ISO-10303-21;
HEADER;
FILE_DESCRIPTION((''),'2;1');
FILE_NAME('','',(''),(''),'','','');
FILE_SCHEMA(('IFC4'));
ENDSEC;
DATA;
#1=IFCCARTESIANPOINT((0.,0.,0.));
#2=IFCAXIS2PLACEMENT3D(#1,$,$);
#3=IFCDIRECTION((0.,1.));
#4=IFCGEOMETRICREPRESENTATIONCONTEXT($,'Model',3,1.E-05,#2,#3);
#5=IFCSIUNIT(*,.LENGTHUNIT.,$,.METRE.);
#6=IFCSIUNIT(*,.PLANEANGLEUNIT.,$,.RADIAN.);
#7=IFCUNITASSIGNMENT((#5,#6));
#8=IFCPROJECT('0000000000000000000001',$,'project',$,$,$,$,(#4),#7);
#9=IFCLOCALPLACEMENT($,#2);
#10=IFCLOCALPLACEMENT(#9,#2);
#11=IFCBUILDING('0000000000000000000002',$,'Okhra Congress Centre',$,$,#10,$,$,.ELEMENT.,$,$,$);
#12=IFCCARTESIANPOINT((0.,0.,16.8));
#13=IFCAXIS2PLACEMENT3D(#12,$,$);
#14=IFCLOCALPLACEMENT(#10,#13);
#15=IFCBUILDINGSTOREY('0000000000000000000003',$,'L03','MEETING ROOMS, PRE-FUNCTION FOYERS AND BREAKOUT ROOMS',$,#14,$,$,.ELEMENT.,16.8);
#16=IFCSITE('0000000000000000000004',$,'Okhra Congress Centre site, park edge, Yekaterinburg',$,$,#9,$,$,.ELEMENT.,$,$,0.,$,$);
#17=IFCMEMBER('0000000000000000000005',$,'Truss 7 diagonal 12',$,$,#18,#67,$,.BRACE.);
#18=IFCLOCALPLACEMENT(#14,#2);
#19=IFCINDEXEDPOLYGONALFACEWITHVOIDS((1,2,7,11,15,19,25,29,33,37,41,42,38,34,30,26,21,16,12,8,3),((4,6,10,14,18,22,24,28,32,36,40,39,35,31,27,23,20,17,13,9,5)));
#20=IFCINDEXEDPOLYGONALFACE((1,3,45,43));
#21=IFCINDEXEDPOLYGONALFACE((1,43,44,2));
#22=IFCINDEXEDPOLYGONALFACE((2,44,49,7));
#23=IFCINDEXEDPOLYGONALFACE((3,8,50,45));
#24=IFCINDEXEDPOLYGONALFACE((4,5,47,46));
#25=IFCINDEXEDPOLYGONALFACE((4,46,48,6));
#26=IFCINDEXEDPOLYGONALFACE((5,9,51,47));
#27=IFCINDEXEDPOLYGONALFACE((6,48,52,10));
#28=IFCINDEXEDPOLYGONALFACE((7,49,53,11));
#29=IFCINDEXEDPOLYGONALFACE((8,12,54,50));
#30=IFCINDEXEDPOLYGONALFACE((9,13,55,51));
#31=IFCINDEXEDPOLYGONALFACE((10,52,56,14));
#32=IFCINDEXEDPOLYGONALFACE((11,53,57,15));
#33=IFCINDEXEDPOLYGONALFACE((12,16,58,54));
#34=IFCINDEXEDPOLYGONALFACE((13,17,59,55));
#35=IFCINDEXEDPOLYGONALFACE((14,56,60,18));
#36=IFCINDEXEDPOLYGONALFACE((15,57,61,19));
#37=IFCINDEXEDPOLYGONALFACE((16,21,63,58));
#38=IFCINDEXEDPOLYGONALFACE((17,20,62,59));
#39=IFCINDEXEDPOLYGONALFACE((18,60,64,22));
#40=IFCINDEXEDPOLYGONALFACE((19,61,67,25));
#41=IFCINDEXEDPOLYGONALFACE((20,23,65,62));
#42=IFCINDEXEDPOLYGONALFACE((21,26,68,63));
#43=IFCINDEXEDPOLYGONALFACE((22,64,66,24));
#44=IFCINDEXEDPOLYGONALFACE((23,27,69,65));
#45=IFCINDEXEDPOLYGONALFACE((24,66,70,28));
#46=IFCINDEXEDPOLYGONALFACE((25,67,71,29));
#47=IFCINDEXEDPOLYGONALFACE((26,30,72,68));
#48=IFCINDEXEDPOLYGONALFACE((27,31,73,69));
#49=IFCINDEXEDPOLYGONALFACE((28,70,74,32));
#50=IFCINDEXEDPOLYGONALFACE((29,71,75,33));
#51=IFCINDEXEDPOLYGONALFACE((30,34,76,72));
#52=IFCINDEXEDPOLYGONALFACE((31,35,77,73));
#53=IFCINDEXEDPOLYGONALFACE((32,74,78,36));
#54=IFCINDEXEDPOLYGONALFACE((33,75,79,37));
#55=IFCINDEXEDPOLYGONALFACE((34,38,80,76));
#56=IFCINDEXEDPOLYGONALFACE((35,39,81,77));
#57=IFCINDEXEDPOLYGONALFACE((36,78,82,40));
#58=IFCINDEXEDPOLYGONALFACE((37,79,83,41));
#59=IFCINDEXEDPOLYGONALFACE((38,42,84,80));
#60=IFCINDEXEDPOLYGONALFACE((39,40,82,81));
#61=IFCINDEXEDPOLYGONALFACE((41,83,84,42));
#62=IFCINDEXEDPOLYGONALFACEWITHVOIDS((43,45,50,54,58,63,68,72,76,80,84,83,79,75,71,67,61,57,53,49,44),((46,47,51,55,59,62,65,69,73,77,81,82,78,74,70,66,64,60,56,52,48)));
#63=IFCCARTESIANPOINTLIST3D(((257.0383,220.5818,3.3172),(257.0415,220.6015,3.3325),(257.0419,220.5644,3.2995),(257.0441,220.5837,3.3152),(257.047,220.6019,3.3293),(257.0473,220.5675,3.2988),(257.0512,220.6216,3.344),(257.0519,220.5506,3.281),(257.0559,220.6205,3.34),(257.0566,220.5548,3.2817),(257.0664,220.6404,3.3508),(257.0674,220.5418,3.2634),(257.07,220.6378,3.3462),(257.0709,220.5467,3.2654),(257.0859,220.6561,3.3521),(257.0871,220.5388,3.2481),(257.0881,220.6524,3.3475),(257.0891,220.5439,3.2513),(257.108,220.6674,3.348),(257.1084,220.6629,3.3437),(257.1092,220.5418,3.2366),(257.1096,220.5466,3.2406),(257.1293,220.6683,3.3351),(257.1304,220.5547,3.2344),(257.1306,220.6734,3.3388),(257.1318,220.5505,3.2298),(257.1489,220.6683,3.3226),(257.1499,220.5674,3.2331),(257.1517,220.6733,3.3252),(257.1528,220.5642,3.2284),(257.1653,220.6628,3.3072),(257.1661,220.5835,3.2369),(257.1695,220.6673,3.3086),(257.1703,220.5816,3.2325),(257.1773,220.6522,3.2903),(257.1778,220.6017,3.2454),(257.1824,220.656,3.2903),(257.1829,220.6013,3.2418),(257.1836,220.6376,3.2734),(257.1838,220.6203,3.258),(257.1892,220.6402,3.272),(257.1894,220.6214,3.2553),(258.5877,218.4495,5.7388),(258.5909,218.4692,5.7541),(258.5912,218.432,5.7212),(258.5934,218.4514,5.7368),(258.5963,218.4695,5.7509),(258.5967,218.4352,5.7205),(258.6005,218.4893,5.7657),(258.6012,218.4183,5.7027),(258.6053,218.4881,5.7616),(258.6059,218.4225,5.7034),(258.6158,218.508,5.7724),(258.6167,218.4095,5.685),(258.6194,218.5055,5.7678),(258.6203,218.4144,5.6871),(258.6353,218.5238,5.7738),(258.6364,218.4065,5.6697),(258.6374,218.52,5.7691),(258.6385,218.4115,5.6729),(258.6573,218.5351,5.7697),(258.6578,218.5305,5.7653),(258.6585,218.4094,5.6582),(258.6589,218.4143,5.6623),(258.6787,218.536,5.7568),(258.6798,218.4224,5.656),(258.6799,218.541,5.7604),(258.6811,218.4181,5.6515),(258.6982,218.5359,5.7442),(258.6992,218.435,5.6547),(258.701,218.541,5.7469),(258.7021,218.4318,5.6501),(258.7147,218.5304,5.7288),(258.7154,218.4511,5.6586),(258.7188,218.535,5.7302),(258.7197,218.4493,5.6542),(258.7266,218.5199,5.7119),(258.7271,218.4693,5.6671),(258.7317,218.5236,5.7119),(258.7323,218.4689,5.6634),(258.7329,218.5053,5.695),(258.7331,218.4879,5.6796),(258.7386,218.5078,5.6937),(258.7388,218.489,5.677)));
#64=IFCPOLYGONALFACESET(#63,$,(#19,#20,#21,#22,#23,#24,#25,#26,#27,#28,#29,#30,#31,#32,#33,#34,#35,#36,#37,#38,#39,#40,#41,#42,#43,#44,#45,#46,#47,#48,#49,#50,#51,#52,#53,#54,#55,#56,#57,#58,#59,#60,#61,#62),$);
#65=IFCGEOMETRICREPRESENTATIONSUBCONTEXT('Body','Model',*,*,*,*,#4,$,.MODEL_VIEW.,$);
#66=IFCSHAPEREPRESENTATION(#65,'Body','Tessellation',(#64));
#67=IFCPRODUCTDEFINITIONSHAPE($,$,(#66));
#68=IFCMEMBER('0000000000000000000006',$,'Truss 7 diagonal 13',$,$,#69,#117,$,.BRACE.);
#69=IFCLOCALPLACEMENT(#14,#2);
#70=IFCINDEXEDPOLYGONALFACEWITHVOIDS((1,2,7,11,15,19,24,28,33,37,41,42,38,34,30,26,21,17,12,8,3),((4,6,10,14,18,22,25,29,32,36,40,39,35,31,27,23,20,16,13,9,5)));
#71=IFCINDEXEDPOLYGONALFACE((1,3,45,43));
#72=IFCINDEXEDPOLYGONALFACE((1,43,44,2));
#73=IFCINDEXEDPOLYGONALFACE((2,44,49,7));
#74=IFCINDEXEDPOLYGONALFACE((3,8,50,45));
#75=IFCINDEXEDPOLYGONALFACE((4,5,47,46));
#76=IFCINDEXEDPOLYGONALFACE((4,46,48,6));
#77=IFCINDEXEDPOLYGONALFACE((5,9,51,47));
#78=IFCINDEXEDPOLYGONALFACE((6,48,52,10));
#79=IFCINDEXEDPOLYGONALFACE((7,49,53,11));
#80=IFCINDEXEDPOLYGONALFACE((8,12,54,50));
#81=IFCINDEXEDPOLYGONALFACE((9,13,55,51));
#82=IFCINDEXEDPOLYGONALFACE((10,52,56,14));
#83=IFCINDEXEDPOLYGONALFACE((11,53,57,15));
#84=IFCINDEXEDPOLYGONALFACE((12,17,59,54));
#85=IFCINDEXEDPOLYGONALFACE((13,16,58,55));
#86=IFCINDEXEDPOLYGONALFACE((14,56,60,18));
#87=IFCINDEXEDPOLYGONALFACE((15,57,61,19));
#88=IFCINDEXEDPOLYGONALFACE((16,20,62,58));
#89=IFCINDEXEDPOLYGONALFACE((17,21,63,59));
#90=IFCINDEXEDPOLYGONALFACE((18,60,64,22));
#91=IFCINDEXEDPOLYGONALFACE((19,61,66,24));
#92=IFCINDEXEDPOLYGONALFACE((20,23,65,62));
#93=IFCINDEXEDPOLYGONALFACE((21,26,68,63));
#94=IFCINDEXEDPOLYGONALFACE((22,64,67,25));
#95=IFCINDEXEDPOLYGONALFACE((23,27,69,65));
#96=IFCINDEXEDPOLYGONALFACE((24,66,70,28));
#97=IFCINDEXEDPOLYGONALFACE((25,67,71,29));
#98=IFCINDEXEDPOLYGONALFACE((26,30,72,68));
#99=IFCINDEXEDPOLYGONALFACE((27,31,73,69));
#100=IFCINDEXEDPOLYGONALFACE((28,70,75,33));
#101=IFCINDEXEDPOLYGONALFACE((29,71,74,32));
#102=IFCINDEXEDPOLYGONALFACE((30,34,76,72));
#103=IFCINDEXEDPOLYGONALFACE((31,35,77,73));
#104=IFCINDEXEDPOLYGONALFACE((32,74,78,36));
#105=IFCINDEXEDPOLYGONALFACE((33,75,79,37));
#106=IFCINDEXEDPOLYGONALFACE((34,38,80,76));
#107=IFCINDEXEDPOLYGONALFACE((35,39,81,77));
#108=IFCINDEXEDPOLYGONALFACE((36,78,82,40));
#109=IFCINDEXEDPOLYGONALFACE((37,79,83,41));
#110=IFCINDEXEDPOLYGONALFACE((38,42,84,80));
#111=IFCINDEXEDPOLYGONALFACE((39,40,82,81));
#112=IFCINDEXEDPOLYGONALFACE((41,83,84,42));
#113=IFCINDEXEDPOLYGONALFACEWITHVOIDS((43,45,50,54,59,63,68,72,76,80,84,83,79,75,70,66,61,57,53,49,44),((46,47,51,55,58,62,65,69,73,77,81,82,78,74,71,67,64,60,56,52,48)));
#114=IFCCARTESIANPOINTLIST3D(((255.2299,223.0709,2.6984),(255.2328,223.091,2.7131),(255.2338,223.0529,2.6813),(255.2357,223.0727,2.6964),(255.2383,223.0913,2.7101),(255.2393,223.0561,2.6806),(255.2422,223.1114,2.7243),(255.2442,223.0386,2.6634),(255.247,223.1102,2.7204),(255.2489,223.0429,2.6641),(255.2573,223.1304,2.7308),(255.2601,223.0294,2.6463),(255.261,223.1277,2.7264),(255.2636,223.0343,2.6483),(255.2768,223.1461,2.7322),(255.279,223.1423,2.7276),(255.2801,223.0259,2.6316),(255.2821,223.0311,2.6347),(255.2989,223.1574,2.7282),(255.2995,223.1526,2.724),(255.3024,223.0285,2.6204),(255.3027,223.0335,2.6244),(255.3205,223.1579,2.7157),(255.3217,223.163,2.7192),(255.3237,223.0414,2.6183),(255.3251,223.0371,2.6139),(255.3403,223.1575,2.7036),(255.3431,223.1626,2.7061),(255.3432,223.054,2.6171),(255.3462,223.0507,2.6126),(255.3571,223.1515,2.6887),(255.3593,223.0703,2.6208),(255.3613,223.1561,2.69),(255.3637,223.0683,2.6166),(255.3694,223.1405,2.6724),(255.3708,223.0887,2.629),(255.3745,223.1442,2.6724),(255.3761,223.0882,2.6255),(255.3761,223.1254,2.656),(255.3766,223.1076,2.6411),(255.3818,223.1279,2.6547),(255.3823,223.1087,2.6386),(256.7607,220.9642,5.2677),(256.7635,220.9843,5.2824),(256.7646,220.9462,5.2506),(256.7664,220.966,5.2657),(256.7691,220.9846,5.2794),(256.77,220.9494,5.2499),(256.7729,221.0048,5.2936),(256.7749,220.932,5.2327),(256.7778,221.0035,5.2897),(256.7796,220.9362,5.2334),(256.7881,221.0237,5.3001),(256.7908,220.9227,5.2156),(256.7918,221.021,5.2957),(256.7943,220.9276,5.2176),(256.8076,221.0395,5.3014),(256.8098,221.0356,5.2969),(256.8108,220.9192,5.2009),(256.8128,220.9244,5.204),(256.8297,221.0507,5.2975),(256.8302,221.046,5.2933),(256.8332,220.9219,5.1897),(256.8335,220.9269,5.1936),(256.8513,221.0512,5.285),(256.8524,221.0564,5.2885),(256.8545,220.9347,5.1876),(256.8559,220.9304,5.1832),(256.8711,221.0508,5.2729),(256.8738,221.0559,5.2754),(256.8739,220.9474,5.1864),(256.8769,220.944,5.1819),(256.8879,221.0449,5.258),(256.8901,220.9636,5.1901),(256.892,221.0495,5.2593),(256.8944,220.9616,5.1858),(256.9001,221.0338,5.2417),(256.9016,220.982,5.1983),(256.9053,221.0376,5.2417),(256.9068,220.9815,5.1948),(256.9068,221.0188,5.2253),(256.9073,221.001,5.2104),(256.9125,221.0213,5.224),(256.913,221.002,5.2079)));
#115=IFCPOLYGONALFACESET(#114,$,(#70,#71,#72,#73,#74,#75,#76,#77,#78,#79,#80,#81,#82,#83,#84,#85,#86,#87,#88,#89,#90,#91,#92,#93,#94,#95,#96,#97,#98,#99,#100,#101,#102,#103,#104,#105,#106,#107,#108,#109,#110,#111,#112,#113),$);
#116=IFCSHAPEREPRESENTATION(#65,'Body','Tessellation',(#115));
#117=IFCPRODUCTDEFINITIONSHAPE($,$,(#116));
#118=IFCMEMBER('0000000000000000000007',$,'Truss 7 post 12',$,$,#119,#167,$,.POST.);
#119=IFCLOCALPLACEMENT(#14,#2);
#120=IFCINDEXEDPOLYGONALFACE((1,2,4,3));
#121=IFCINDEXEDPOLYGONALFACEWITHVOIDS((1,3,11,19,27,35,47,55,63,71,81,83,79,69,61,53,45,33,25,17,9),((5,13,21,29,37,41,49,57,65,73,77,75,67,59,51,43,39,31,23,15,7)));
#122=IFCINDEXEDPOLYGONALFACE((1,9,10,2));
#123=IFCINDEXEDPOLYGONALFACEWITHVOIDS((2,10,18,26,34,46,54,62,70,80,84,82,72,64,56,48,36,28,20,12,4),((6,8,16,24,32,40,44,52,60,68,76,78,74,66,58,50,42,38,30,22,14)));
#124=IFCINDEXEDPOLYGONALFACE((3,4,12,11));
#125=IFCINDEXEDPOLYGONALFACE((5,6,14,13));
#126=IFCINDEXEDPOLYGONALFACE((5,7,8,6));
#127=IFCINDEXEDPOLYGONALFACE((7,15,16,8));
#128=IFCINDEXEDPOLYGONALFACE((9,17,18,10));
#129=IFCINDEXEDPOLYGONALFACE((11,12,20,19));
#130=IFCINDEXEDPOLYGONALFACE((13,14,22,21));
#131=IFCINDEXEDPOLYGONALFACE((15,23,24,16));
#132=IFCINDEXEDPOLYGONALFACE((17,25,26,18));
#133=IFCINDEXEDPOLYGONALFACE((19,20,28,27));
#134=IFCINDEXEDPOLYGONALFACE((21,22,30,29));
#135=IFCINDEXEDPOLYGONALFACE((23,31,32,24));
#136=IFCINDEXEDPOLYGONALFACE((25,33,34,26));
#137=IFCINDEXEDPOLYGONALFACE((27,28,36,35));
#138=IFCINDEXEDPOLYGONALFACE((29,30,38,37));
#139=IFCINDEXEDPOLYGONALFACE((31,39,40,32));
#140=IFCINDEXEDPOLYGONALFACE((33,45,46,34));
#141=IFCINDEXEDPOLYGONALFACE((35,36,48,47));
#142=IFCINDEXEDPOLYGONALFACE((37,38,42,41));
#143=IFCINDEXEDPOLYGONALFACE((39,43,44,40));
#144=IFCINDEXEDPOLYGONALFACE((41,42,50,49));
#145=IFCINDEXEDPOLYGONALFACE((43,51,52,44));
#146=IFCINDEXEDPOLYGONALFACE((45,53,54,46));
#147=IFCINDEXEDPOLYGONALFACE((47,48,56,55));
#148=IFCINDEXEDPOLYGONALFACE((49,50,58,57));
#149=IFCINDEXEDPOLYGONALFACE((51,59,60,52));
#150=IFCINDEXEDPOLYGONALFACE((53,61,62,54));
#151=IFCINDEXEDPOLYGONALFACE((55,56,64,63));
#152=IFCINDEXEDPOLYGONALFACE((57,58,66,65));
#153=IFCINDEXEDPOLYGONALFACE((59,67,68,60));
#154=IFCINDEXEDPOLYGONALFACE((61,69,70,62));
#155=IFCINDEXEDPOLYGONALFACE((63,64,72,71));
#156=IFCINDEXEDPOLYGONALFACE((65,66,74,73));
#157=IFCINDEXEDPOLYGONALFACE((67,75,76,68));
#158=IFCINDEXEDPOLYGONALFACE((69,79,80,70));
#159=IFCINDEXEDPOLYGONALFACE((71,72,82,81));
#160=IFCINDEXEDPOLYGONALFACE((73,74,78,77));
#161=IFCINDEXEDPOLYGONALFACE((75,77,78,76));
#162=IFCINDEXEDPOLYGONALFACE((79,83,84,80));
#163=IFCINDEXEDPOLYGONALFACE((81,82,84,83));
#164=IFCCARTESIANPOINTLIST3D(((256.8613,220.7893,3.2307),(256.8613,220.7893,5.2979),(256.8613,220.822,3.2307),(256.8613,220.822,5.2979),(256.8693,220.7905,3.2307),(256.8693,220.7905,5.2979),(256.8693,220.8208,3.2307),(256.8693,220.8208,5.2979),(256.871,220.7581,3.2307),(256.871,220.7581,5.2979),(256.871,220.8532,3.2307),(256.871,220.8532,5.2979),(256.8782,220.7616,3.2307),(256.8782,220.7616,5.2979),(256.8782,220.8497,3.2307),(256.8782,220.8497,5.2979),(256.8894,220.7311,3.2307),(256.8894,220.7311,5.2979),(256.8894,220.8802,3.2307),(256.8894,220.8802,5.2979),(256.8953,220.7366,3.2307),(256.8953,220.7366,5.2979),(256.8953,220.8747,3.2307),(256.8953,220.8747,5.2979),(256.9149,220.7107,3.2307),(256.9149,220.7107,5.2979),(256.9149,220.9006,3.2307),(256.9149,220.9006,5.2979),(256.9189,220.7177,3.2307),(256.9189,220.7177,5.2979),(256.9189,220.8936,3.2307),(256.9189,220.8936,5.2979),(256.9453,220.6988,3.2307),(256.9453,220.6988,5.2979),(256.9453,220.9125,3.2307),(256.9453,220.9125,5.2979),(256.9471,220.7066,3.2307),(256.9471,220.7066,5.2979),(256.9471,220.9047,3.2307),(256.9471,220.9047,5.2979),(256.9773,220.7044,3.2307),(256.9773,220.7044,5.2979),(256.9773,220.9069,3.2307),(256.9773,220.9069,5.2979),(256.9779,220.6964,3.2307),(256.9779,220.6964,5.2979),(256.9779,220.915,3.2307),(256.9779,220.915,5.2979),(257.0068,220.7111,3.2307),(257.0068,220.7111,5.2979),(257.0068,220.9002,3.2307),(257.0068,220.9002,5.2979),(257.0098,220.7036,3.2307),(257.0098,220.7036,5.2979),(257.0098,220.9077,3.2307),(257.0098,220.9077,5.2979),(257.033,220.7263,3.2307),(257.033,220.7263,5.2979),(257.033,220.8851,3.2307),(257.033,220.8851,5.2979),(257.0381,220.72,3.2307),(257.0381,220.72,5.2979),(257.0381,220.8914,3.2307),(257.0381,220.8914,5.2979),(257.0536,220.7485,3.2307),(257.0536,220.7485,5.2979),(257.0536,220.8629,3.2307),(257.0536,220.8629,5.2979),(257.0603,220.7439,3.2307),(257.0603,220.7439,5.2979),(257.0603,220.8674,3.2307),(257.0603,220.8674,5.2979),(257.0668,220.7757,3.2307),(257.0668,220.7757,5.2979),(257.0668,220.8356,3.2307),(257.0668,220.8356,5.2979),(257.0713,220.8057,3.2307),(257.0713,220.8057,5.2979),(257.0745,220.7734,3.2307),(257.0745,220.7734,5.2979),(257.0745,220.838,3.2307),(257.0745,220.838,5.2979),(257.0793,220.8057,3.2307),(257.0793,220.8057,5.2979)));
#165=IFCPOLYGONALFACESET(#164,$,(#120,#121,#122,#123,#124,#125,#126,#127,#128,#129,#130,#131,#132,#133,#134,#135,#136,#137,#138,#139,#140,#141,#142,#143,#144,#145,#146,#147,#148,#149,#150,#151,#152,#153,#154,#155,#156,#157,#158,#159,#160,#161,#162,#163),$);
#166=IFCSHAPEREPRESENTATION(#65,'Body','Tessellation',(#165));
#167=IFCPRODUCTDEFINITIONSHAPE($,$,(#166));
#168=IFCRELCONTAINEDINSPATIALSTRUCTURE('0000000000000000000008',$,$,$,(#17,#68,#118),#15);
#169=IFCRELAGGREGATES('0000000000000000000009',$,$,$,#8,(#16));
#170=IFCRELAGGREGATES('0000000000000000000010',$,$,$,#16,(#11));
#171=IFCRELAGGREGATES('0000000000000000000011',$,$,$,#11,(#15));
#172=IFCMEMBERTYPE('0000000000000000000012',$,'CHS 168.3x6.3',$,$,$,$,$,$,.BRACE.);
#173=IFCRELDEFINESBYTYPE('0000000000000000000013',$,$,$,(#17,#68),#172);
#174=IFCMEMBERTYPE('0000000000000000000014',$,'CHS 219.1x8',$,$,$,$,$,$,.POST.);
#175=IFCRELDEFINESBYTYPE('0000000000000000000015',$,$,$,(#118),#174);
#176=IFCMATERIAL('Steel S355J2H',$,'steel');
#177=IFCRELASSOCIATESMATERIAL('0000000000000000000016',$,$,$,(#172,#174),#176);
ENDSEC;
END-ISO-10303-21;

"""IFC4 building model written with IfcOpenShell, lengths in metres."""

from ifc_helpers import new_model, si_unit, direction, frame, origin, origin_2d, place, context, subcontext, project, spatial, hollow_circle, extrude, material, material_profile, profile_set, type_object, element, save


model = new_model("IFC4")

# Units and contexts
model_context = context("Model", 3, precision=1e-05, world=origin(), true_north=direction((0.0, 1.0)))
body_context = subcontext(model_context, "Body", "Model", "MODEL_VIEW")
ifc_project = project(units=[si_unit("LENGTHUNIT", "METRE"), si_unit("PLANEANGLEUNIT", "RADIAN")], contexts=[model_context])

# Site, building, storey
site_placement = place(None, origin())
site = spatial("IfcSite", under=ifc_project, at=site_placement, Name="Okhra Congress Centre site, park edge, Yekaterinburg", CompositionType="ELEMENT", RefElevation=0.0)
building_placement = place(site_placement, origin())
building = spatial("IfcBuilding", under=site, at=building_placement, Name="Okhra Congress Centre", CompositionType="ELEMENT")
storey_placement = place(building_placement, frame((0.0, 0.0, 16.8)))
storey = spatial("IfcBuildingStorey", under=building, at=storey_placement, Name="L03", Description="MEETING ROOMS, PRE-FUNCTION FOYERS AND BREAKOUT ROOMS", CompositionType="ELEMENT", Elevation=16.8)

# Members
ifc_material_1 = material(Name="Steel S355J2H", Category="steel")
ifc_material_profile_1 = material_profile(ifc_material_1, hollow_circle(Radius=0.0842, WallThickness=0.0063, at=origin_2d()), Name="CHS 168.3x6.3")
ifc_profile_set_1 = profile_set([ifc_material_profile_1], Name="Steel S355J2H")
member_type_1 = type_object("IfcMemberType", Name="CHS 168.3x6.3", PredefinedType="BRACE", material=ifc_profile_set_1)
member_1_placement = place(storey_placement, frame((257.1143, 220.6064, 3.2903), z_axis=(0.432853, -0.595736, 0.676563), x_axis=(0.809, 0.587808, 0.0)))
element("IfcMember", 1, at=member_1_placement, inside=storey, type_object=member_type_1, Name="Truss 7 diagonal 12", PredefinedType="BRACE", context=body_context, shape_type="SweptSolid", body=[
    extrude(hollow_circle(Radius=0.0842, WallThickness=0.0063, at=origin_2d()), origin(), (0.0, 0.0, 1.0), 3.5793),
])
member_2_placement = place(storey_placement, frame((255.3064, 223.0947, 2.6724), z_axis=(0.41844, -0.575872, 0.702338), x_axis=(0.808987, 0.587826, 0.0)))
element("IfcMember", 2, at=member_2_placement, inside=storey, type_object=member_type_1, Name="Truss 7 diagonal 13", PredefinedType="BRACE", context=body_context, shape_type="SweptSolid", body=[
    extrude(hollow_circle(Radius=0.0842, WallThickness=0.0063, at=origin_2d()), origin(), (0.0, 0.0, 1.0), 3.6582),
])
ifc_material_profile_2 = material_profile(ifc_material_1, hollow_circle(Radius=0.1096, WallThickness=0.0081, at=origin_2d()), Name="CHS 219.1x8")
ifc_profile_set_2 = profile_set([ifc_material_profile_2], Name="Steel S355J2H")
member_type_2 = type_object("IfcMemberType", Name="CHS 219.1x8", PredefinedType="POST", material=ifc_profile_set_2)
member_3_placement = place(storey_placement, frame((256.9697, 220.8057, 3.2307), z_axis=(0.0, 0.0, 1.0), x_axis=(1.0, 0.0, 0.0)))
element("IfcMember", 3, at=member_3_placement, inside=storey, type_object=member_type_2, Name="Truss 7 post 12", PredefinedType="POST", context=body_context, shape_type="SweptSolid", body=[
    extrude(hollow_circle(Radius=0.1096, WallThickness=0.0081, at=origin_2d()), origin(), (0.0, 0.0, 1.0), 2.0671),
])

save(model, "model.ifc")
